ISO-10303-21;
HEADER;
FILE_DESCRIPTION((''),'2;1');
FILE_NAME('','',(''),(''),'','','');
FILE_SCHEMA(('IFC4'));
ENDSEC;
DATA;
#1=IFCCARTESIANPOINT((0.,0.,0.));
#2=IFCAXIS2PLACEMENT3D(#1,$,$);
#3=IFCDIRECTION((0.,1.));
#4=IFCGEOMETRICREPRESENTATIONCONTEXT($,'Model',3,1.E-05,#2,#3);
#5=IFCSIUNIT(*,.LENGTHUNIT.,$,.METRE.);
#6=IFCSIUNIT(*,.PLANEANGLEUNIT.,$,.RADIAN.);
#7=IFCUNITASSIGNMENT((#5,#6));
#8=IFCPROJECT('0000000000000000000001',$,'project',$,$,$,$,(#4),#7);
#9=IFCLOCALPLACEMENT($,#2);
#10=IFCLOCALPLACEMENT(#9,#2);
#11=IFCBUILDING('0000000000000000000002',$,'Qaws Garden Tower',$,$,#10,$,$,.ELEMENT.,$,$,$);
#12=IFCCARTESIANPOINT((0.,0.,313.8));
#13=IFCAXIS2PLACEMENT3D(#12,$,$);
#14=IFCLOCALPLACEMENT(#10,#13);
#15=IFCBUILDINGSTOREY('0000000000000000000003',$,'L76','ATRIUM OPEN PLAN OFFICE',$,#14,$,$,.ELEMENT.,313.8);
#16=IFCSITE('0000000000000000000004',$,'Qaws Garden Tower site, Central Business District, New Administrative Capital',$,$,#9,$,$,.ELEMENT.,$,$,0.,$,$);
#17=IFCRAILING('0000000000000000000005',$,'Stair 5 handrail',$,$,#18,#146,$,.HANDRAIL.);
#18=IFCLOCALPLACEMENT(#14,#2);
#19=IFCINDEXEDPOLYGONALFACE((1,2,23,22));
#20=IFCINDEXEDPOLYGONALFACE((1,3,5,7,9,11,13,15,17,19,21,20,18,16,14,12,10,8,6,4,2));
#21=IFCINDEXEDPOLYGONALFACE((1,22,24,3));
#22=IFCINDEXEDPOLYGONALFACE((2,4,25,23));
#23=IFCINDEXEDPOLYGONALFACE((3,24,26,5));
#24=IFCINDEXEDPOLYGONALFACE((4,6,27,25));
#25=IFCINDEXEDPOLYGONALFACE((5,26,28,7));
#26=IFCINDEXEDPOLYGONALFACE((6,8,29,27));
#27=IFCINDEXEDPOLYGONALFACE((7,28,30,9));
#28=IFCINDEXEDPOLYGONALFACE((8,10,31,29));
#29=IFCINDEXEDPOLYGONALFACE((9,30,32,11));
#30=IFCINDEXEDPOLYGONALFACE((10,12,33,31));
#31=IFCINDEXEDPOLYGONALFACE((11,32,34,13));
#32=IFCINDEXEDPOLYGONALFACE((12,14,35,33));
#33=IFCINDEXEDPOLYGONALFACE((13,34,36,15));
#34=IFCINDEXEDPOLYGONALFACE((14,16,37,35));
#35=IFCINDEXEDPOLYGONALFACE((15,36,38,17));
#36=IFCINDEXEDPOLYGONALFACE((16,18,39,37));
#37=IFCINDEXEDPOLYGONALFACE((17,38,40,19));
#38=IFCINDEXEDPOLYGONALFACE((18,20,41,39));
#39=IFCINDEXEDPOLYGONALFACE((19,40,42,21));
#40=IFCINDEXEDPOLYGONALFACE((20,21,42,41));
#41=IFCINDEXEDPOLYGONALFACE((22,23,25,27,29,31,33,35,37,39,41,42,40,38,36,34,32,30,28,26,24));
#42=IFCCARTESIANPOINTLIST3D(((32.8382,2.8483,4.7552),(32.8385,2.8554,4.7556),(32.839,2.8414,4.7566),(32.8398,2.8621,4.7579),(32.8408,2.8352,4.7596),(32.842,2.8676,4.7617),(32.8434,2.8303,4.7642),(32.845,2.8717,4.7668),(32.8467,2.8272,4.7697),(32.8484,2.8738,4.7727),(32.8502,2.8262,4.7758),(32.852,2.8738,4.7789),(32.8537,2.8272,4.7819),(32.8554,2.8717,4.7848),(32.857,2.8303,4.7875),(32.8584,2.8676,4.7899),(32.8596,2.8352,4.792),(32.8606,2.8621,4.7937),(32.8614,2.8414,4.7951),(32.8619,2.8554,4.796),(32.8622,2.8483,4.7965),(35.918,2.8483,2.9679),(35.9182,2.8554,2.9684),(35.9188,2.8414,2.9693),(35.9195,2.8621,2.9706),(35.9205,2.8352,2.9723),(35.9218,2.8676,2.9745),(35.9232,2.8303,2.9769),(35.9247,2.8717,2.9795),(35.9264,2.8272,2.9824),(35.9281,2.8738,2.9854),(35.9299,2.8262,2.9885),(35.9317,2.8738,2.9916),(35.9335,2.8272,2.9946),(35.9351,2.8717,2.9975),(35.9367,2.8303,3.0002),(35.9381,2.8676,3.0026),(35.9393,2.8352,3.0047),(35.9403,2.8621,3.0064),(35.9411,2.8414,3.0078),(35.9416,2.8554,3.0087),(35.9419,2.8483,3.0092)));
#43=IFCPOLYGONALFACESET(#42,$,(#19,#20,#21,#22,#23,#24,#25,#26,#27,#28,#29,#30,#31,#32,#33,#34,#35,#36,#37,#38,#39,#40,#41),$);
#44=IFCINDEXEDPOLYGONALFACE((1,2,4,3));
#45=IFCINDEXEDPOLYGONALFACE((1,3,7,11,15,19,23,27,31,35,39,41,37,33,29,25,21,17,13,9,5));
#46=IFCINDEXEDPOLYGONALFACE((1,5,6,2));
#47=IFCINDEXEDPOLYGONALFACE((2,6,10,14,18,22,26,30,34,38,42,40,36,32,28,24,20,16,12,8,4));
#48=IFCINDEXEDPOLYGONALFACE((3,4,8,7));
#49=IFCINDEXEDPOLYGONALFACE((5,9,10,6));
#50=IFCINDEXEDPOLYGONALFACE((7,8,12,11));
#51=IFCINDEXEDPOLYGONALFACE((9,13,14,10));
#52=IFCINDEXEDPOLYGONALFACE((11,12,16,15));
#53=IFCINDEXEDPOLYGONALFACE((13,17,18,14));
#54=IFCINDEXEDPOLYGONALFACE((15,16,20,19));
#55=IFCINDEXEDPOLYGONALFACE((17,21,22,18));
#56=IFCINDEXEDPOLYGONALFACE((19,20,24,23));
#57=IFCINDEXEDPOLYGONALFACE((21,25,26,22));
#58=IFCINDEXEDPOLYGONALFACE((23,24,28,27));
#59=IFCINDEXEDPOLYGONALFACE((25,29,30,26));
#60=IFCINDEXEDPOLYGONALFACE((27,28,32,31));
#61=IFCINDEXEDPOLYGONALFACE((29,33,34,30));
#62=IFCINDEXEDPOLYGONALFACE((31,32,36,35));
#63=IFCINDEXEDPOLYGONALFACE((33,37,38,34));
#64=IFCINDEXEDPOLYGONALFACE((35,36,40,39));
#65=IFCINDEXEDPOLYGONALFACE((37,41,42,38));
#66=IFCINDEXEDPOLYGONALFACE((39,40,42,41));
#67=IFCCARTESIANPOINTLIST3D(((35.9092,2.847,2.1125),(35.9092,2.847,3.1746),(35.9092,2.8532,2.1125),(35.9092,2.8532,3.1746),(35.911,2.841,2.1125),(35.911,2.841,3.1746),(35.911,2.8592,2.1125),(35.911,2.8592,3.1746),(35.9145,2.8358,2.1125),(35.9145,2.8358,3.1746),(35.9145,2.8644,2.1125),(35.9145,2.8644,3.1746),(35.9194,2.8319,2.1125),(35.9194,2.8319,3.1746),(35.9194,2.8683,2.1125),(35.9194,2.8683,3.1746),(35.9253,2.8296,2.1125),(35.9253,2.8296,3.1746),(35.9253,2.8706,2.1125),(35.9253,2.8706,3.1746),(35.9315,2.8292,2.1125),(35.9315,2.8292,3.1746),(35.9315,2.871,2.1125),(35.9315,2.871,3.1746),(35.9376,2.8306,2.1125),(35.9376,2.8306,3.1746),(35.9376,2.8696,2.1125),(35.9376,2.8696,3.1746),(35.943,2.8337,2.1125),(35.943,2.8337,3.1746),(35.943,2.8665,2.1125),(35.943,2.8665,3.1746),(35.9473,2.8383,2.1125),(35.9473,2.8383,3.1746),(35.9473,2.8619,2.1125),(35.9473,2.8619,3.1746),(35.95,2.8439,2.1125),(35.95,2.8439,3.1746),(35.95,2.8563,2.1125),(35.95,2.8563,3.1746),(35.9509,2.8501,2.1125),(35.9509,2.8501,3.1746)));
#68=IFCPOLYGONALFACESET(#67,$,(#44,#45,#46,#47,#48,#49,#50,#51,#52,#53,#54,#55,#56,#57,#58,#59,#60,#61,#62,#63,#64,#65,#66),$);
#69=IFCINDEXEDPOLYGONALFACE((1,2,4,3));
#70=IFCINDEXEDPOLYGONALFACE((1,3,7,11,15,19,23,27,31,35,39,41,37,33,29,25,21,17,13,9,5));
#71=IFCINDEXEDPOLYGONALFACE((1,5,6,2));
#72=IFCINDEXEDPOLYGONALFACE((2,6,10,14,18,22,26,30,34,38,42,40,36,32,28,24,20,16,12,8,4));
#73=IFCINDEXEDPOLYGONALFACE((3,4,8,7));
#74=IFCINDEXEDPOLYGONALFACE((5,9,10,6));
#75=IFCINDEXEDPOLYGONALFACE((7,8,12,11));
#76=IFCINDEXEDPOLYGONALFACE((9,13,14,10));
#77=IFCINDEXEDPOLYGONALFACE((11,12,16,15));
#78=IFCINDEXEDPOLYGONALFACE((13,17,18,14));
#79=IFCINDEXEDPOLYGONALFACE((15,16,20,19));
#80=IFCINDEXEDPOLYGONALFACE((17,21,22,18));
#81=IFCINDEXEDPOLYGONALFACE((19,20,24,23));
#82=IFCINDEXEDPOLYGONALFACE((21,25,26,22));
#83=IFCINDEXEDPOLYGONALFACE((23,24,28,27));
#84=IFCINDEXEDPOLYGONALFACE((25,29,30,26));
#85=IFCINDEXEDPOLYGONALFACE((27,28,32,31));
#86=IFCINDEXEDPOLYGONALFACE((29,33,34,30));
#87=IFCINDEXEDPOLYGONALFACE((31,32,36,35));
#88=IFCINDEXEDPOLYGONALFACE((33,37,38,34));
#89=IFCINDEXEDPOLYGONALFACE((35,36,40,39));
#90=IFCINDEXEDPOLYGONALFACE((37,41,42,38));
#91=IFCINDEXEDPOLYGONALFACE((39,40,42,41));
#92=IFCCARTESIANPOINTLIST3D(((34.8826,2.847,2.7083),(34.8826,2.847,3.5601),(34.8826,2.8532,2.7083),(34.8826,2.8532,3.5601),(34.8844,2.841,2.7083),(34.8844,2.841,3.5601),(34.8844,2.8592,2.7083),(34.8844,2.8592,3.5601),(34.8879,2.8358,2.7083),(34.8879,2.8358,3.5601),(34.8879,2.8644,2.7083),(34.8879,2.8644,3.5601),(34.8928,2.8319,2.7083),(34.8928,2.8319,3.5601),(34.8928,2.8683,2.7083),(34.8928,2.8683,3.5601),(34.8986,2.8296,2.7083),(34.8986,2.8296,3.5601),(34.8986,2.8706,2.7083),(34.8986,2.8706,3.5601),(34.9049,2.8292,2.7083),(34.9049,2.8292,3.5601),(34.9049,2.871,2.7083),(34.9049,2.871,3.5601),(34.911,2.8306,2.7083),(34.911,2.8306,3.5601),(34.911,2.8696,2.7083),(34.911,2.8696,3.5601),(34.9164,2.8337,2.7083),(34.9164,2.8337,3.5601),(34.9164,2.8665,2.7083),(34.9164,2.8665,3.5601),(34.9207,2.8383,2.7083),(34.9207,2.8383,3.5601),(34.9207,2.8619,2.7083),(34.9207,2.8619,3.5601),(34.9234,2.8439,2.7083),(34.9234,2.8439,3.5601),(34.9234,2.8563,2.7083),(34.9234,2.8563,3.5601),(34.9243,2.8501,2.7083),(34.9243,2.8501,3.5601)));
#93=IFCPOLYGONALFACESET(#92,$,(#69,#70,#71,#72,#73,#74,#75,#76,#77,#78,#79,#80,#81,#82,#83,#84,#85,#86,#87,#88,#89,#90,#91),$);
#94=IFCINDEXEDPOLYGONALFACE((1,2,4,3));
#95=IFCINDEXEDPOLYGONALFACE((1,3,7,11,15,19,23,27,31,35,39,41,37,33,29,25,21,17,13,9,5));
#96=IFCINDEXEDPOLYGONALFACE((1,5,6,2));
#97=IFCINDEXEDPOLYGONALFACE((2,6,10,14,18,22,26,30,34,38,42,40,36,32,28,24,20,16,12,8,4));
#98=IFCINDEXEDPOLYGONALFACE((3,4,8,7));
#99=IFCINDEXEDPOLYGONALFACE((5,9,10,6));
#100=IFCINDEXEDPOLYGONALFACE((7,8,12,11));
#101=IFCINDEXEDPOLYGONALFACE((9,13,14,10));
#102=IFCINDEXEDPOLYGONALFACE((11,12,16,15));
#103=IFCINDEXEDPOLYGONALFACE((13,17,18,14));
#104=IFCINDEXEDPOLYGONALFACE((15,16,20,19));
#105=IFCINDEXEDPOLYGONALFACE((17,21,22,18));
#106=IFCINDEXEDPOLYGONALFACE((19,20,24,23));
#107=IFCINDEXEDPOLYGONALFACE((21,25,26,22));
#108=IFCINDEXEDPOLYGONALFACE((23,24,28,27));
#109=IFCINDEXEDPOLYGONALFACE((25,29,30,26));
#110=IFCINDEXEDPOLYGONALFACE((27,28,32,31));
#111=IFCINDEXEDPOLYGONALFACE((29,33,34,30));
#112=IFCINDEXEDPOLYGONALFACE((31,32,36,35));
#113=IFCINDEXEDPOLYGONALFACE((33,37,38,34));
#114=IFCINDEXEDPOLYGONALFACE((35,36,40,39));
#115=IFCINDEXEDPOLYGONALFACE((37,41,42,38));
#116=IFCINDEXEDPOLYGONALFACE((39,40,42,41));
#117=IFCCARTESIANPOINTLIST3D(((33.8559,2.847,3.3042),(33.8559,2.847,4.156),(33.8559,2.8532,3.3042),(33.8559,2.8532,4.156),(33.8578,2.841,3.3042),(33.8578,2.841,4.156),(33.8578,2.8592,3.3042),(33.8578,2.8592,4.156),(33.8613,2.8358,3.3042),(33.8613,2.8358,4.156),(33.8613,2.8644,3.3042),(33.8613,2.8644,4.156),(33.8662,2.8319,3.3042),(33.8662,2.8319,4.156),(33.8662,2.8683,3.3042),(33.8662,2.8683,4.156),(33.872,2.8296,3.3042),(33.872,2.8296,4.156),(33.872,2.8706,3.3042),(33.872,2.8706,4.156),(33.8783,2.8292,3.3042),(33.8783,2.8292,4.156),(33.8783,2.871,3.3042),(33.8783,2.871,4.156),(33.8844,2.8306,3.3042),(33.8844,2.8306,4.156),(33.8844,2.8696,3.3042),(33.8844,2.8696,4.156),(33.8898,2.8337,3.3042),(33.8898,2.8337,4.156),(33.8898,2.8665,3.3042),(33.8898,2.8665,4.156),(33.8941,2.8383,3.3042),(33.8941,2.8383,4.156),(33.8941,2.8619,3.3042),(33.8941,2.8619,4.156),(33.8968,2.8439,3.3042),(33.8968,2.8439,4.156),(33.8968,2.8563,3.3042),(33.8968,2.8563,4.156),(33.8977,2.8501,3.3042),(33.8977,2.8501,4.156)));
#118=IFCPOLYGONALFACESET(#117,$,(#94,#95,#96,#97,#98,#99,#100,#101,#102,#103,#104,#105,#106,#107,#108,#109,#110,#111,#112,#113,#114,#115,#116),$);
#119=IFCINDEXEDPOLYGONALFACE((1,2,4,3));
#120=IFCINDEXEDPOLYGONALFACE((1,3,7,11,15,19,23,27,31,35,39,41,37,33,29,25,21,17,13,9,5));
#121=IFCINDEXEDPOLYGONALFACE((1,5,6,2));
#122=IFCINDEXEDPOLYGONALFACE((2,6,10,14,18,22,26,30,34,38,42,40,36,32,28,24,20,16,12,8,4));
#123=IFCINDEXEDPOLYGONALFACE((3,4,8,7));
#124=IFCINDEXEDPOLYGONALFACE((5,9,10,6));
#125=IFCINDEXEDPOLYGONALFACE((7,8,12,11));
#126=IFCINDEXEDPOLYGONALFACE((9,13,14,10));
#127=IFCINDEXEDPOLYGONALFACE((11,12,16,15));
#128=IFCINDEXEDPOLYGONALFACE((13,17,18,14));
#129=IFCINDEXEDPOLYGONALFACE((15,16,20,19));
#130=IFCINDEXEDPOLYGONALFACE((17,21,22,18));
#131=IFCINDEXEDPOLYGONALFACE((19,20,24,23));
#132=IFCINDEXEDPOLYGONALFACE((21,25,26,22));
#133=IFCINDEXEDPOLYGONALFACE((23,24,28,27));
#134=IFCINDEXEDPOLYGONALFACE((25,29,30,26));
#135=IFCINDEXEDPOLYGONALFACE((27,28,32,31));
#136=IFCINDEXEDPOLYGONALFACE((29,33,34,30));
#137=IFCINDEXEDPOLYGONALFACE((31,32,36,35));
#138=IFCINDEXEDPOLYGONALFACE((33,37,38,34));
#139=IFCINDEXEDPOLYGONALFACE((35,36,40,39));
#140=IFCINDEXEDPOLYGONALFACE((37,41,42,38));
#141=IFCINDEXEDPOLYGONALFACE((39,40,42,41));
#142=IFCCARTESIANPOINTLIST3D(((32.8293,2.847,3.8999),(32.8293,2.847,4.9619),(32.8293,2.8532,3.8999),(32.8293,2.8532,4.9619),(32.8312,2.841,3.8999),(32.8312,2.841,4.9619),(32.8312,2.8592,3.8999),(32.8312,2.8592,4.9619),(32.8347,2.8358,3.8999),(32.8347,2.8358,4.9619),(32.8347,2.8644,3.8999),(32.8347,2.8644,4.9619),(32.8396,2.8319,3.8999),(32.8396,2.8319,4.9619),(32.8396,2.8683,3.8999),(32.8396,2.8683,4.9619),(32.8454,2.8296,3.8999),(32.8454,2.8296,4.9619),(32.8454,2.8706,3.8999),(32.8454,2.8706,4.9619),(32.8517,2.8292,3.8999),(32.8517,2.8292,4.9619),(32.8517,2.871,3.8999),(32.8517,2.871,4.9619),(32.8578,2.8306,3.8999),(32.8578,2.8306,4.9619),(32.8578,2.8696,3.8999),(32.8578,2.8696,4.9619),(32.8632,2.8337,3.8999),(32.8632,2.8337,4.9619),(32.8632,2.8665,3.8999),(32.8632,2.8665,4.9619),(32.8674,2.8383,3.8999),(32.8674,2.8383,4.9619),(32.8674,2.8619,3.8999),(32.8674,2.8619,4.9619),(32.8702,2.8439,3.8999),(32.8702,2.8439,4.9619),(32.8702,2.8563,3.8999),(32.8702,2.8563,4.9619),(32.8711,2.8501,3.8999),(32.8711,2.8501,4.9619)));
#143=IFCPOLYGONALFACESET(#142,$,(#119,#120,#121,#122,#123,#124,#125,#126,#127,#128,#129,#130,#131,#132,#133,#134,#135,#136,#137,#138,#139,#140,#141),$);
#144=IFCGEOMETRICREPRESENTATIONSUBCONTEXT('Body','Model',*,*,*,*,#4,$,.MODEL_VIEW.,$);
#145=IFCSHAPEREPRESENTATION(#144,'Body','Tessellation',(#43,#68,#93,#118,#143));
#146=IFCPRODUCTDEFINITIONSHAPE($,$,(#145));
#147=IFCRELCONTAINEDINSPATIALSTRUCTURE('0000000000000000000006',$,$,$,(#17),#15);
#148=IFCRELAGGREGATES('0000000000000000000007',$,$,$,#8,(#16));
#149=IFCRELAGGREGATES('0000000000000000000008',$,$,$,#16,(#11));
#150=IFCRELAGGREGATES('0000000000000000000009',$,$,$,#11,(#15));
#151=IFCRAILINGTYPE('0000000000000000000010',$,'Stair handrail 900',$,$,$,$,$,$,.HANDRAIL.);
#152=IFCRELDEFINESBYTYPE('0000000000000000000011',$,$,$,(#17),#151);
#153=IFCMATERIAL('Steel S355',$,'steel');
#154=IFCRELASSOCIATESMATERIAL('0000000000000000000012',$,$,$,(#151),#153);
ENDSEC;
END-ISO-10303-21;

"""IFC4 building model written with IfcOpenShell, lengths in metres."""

from ifc_helpers import new_model, si_unit, direction, frame, origin, origin_2d, place, context, subcontext, project, spatial, circle, extrude, material, type_object, element, save


model = new_model("IFC4")

# Units and contexts
model_context = context("Model", 3, precision=1e-05, world=origin(), true_north=direction((0.0, 1.0)))
body_context = subcontext(model_context, "Body", "Model", "MODEL_VIEW")
ifc_project = project(units=[si_unit("LENGTHUNIT", "METRE"), si_unit("PLANEANGLEUNIT", "RADIAN")], contexts=[model_context])

# Site, building, storey
site_placement = place(None, origin())
site = spatial("IfcSite", under=ifc_project, at=site_placement, Name="Qaws Garden Tower site, Central Business District, New Administrative Capital", CompositionType="ELEMENT", RefElevation=0.0)
building_placement = place(site_placement, origin())
building = spatial("IfcBuilding", under=site, at=building_placement, Name="Qaws Garden Tower", CompositionType="ELEMENT")
storey_placement = place(building_placement, frame((0.0, 0.0, 313.8)))
storey = spatial("IfcBuildingStorey", under=building, at=storey_placement, Name="L76", Description="ATRIUM OPEN PLAN OFFICE", CompositionType="ELEMENT", Elevation=313.8)

# Railing
ifc_material_1 = material(Name="Steel S355", Category="steel")
railing_type = type_object("IfcRailingType", Name="Stair handrail 900", PredefinedType="HANDRAIL", material=ifc_material_1)
railing_1_placement = place(storey_placement, frame((35.9299, 2.8501, 2.1125)))
element("IfcRailing", 1, at=railing_1_placement, inside=storey, type_object=railing_type, Name="Stair 5 handrail", PredefinedType="HANDRAIL", context=body_context, shape_type="SweptSolid", body=[
    extrude(circle(Radius=0.0239, at=origin_2d()), frame((0.0, 0.0, 0.876), z_axis=(-0.864903, 0.0, 0.501939), x_axis=(0.0, -1.0, 0.0)), (0.0, 0.0, 1.0), 3.5608),
    extrude(circle(Radius=0.021, at=origin_2d()), origin(), (0.0, 0.0, 1.0), 1.062),
    extrude(circle(Radius=0.021, at=origin_2d()), frame((-1.0266, 0.0, 0.5957)), (0.0, 0.0, 1.0), 0.8518),
    extrude(circle(Radius=0.021, at=origin_2d()), frame((-2.0532, 0.0, 1.1917)), (0.0, 0.0, 1.0), 0.8518),
    extrude(circle(Radius=0.021, at=origin_2d()), frame((-3.0798, 0.0, 1.7874)), (0.0, 0.0, 1.0), 1.062),
])

save(model, "model.ifc")
